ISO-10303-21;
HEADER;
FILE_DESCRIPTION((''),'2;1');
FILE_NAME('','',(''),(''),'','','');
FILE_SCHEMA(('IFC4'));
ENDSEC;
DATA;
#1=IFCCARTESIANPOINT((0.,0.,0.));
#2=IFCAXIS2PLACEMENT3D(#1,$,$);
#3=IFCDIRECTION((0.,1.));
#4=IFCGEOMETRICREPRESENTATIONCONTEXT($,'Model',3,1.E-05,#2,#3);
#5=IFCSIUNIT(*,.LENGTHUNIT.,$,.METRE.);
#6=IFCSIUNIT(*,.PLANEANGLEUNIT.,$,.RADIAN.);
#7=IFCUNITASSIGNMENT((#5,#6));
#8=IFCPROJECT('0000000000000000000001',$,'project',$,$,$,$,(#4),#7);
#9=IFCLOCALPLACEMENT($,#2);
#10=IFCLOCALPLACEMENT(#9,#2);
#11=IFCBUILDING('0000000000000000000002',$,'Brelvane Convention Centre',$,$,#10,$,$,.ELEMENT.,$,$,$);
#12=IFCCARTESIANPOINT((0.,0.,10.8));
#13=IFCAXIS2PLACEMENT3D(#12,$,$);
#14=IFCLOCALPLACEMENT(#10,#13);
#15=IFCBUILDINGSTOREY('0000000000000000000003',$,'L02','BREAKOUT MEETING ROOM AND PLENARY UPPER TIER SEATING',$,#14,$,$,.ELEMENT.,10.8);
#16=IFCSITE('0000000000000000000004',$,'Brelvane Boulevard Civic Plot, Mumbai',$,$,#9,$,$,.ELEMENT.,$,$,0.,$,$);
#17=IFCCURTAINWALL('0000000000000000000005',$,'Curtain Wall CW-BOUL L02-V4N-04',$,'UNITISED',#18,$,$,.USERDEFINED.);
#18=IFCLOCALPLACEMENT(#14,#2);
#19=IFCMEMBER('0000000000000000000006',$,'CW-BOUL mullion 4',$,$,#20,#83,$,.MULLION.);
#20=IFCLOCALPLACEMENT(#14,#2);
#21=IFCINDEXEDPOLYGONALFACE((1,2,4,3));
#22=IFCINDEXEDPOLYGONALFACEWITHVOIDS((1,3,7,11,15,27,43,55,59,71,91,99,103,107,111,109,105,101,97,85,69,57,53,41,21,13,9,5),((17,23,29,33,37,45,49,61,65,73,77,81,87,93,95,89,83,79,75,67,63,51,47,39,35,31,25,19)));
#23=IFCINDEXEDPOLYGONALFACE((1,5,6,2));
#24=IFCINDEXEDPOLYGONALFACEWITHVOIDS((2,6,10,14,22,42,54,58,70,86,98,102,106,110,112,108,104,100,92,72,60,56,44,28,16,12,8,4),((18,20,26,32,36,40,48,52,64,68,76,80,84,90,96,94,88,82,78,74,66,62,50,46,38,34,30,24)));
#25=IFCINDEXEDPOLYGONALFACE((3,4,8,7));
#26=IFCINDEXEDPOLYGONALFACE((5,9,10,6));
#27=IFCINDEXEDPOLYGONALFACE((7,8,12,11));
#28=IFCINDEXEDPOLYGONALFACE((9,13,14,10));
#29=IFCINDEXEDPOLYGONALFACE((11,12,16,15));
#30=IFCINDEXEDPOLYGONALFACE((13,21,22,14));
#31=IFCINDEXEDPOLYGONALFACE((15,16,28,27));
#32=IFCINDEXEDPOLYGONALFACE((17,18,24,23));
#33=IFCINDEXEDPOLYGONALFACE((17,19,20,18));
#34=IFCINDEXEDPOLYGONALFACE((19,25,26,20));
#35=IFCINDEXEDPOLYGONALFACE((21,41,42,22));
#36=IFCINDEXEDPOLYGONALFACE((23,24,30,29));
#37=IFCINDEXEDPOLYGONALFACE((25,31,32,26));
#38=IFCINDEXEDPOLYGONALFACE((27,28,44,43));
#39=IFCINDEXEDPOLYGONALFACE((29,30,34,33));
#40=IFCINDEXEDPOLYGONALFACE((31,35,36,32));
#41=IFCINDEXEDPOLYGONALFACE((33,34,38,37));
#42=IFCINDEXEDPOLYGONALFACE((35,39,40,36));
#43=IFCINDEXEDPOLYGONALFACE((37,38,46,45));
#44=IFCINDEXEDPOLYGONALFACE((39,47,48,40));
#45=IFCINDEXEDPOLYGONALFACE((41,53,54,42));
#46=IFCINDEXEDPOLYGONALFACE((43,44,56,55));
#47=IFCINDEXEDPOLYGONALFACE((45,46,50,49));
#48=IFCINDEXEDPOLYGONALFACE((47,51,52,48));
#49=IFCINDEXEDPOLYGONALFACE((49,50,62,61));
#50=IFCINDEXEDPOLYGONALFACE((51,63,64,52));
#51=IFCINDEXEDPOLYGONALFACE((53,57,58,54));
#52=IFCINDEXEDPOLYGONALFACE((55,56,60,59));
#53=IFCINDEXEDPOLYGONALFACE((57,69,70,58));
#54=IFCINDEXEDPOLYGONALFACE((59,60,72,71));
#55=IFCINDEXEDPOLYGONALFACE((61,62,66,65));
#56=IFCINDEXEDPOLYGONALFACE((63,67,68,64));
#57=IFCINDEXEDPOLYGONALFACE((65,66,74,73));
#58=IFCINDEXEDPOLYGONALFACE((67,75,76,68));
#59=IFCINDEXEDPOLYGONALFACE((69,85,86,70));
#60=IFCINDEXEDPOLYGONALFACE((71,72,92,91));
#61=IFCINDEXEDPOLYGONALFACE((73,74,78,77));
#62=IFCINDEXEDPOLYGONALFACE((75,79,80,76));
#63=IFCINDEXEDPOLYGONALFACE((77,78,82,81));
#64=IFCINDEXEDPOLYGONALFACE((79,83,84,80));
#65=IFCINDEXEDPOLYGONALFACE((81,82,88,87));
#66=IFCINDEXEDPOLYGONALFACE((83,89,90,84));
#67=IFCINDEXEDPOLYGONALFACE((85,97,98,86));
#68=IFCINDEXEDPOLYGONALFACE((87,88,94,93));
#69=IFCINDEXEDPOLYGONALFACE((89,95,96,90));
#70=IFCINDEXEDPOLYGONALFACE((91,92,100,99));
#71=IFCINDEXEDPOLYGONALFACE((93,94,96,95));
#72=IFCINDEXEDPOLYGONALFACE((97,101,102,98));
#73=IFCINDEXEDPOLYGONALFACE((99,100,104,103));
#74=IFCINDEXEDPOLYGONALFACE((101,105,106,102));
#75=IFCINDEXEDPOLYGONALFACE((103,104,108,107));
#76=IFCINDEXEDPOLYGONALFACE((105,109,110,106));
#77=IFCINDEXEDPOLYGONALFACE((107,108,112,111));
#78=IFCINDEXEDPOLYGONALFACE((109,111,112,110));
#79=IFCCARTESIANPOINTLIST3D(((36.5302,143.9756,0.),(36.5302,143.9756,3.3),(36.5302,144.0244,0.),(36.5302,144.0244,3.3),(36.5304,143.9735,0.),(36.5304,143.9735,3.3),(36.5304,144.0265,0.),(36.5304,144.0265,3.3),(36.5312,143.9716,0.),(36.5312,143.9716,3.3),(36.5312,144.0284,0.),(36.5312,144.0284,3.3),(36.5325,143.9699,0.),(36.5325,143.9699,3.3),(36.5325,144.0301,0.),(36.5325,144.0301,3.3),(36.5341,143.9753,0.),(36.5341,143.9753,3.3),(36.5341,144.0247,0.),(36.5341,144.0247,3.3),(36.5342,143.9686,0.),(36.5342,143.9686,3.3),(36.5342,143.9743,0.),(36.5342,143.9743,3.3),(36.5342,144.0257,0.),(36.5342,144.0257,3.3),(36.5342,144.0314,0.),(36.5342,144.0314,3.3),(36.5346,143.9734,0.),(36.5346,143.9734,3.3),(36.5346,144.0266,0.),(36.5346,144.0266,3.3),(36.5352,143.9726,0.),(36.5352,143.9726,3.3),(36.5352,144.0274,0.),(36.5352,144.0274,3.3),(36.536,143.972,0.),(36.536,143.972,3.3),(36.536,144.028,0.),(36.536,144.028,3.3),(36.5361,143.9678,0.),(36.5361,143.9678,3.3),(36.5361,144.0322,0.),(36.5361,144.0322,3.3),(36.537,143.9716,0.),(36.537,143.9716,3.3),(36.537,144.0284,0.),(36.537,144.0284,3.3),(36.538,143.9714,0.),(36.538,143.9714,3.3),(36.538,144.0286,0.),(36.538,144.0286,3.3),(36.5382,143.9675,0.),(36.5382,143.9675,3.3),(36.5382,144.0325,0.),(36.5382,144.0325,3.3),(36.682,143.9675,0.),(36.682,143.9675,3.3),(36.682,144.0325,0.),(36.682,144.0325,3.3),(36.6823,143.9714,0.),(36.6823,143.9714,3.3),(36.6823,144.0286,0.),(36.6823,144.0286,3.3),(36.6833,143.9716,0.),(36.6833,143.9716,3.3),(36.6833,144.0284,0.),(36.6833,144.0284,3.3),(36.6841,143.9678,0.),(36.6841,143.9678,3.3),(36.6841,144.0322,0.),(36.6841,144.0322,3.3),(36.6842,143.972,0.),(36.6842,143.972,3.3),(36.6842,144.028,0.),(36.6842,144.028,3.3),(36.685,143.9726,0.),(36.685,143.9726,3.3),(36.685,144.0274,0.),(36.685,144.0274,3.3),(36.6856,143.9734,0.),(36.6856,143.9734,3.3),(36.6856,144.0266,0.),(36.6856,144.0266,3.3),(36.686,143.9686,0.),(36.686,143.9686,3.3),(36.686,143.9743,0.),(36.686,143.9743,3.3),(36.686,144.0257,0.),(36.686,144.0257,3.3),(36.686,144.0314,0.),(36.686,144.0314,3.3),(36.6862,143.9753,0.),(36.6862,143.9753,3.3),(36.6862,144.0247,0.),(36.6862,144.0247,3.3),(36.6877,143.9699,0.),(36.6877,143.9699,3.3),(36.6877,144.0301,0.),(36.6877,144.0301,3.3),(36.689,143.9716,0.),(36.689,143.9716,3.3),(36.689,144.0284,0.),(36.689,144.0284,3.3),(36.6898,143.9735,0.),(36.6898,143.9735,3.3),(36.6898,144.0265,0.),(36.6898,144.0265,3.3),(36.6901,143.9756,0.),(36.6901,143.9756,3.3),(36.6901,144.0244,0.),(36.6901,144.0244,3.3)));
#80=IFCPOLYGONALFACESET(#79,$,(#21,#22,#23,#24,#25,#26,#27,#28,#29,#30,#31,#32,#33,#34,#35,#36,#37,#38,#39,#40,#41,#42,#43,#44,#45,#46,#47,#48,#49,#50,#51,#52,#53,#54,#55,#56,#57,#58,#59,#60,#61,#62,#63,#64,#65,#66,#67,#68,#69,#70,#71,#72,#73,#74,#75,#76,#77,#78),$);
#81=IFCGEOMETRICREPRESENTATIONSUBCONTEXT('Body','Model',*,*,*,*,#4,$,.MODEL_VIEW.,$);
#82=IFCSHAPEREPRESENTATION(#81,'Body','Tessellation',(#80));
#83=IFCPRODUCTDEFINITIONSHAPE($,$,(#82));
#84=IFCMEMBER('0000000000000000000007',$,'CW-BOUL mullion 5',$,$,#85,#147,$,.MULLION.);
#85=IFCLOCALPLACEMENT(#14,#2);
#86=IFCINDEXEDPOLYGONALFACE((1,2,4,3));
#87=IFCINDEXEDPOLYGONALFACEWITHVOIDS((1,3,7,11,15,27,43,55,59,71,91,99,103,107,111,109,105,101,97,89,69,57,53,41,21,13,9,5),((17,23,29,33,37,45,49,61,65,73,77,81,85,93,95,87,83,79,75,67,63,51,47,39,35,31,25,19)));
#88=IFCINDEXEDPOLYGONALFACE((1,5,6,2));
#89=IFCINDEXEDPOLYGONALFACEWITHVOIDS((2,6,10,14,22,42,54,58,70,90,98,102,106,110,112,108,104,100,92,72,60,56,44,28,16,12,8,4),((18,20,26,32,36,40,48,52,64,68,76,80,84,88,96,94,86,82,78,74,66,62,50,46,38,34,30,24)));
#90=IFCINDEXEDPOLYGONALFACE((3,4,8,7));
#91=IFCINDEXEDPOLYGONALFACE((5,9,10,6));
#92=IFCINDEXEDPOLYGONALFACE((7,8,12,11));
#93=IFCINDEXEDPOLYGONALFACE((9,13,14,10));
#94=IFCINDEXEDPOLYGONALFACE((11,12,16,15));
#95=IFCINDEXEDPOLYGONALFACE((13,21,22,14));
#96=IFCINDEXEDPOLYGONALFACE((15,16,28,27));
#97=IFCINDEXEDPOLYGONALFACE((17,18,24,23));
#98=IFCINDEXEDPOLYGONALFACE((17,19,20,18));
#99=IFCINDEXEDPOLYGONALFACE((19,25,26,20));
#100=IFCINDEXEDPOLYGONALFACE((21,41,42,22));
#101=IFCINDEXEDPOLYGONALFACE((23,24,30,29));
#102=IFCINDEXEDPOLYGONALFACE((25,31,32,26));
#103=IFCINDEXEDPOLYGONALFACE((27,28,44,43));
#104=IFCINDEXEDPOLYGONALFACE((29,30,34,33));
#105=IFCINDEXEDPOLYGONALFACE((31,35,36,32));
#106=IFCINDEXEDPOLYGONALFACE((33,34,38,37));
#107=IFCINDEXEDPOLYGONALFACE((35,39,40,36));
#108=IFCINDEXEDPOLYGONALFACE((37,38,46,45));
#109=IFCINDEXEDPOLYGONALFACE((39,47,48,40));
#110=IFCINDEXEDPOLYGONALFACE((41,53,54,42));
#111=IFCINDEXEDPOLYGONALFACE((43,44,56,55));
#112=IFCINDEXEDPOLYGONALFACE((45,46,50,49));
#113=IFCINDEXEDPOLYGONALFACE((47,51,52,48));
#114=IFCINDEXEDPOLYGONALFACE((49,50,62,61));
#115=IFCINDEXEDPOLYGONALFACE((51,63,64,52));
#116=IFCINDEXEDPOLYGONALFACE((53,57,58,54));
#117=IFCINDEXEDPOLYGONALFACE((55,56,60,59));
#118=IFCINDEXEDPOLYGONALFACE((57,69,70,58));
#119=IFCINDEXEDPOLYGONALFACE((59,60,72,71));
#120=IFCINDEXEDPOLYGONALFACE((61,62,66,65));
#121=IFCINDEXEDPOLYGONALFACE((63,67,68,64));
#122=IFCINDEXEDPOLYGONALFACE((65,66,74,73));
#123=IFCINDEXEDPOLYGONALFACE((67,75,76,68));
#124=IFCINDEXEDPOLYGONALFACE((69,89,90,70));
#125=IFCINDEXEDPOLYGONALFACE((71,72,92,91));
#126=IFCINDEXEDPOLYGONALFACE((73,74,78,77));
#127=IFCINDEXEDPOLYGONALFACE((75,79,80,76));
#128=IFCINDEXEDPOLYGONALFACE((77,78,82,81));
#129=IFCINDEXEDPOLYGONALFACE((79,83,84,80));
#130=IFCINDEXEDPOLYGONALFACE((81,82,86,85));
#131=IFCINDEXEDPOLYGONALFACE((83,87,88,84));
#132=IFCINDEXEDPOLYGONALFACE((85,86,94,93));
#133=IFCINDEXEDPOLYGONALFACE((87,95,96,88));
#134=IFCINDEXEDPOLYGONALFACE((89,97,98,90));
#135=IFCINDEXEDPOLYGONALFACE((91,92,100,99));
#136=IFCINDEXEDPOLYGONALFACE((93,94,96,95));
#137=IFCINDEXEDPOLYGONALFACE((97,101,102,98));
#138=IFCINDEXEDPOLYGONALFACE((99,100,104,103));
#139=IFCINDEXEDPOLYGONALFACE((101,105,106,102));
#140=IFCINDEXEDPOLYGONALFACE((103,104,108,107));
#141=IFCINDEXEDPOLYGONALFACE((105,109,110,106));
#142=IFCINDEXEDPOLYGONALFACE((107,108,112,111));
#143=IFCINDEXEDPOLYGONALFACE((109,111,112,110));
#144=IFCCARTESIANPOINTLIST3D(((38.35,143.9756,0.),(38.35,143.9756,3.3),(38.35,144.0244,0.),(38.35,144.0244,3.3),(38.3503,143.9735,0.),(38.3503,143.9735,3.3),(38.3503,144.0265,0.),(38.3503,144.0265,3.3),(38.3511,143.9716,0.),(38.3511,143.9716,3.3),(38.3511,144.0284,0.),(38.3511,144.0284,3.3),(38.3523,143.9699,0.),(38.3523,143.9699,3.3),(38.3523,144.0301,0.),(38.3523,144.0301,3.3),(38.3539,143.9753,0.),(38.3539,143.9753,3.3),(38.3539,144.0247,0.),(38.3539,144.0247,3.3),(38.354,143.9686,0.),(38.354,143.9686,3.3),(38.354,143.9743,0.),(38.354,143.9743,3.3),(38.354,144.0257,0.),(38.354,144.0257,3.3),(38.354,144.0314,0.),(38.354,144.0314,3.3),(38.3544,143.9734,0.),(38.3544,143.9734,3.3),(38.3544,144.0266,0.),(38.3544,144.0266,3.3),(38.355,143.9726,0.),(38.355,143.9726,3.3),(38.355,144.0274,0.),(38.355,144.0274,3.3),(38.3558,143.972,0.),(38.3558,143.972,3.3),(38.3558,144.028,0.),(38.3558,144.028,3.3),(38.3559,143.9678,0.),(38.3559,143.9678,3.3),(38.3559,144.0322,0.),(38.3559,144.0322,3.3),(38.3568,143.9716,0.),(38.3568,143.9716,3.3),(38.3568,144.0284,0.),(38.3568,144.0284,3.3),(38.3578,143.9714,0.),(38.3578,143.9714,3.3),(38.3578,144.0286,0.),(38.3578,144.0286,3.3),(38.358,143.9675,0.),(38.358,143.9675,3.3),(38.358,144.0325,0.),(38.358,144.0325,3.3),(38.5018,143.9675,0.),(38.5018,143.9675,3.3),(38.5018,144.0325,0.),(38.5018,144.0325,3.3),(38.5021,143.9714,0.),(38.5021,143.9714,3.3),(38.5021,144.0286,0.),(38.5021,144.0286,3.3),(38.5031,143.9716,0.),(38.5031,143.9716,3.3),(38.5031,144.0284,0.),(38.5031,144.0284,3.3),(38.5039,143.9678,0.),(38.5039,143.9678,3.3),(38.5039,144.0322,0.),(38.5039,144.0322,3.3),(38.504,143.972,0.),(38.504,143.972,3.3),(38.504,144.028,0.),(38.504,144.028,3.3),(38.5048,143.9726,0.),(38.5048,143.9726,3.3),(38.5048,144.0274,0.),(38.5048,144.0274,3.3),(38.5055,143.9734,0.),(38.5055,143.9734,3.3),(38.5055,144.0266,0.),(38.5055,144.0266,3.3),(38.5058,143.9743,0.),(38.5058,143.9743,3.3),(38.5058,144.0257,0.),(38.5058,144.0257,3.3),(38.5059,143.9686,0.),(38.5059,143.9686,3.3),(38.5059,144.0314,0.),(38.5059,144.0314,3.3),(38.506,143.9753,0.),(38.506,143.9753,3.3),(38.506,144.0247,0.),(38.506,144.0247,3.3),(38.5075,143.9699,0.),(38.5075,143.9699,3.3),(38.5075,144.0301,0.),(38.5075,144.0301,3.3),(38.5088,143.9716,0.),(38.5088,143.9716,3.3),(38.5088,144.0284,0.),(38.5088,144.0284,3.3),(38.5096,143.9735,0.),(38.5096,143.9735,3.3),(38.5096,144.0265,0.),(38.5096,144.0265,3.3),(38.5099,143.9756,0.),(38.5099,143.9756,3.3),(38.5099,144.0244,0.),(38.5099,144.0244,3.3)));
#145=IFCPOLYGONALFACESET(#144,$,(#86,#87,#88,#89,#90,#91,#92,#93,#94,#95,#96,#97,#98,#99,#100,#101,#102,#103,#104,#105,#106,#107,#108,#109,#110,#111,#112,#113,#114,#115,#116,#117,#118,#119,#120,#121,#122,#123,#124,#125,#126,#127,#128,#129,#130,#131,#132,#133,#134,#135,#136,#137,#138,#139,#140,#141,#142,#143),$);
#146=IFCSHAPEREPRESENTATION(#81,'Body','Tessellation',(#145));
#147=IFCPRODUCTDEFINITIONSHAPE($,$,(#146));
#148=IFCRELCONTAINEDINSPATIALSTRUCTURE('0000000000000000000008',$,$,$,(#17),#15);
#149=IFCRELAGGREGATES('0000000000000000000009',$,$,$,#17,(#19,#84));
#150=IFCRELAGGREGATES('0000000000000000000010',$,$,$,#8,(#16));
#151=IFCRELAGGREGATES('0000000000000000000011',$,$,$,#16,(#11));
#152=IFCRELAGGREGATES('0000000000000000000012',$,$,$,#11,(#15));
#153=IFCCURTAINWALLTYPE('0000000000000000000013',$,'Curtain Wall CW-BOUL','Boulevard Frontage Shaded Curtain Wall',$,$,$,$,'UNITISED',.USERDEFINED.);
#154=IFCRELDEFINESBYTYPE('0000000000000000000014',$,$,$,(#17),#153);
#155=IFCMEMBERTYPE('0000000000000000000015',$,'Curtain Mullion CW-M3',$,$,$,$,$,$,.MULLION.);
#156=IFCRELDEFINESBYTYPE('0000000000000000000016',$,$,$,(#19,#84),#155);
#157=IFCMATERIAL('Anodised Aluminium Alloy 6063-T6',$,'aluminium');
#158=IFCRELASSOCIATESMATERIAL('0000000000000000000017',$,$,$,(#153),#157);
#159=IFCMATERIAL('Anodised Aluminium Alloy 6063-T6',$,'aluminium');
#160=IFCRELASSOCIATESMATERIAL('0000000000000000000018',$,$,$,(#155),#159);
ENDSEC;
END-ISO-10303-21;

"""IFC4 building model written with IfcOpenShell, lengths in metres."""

from ifc_helpers import new_model, si_unit, direction, frame, origin, origin_2d, place, context, subcontext, project, spatial, hollow_rectangle, extrude, material, material_profile, profile_set, type_object, element, aggregate, save


model = new_model("IFC4")

# Units and contexts
model_context = context("Model", 3, precision=1e-05, world=origin(), true_north=direction((0.0, 1.0)))
body_context = subcontext(model_context, "Body", "Model", "MODEL_VIEW")
ifc_project = project(units=[si_unit("LENGTHUNIT", "METRE"), si_unit("PLANEANGLEUNIT", "RADIAN")], contexts=[model_context])

# Site, building, storey
site_placement = place(None, origin())
site = spatial("IfcSite", under=ifc_project, at=site_placement, Name="Brelvane Boulevard Civic Plot, Mumbai", CompositionType="ELEMENT", RefElevation=0.0)
building_placement = place(site_placement, origin())
building = spatial("IfcBuilding", under=site, at=building_placement, Name="Brelvane Convention Centre", CompositionType="ELEMENT")
storey_placement = place(building_placement, frame((0.0, 0.0, 10.8)))
storey = spatial("IfcBuildingStorey", under=building, at=storey_placement, Name="L02", Description="BREAKOUT MEETING ROOM AND PLENARY UPPER TIER SEATING", CompositionType="ELEMENT", Elevation=10.8)

# Curtain wall, members
ifc_material_1 = material(Name="Anodised Aluminium Alloy 6063-T6", Category="aluminium")
curtain_wall_type = type_object("IfcCurtainWallType", Name="Curtain Wall CW-BOUL", Description="Boulevard Frontage Shaded Curtain Wall", ElementType="UNITISED", PredefinedType="USERDEFINED", material=ifc_material_1)
curtain_wall_placement = place(storey_placement, origin())
curtain_wall = element("IfcCurtainWall", 1, at=curtain_wall_placement, inside=storey, type_object=curtain_wall_type, Name="Curtain Wall CW-BOUL L02-V4N-04", ObjectType="UNITISED", PredefinedType="USERDEFINED")
ifc_material_2 = material(Name="Anodised Aluminium Alloy 6063-T6", Category="aluminium")
ifc_material_profile_1 = material_profile(ifc_material_2, hollow_rectangle(XDim=0.0649, YDim=0.1599, WallThickness=0.0039, InnerFilletRadius=0.0039, OuterFilletRadius=0.0081, at=origin_2d()), Name="ALU-M 160x65x4.0")
ifc_profile_set_1 = profile_set([ifc_material_profile_1], Name="Anodised Aluminium Alloy 6063-T6")
member_type_1 = type_object("IfcMemberType", Name="Curtain Mullion CW-M3", PredefinedType="MULLION", material=ifc_profile_set_1)
member_1_placement = place(storey_placement, frame((36.6101, 144.0, 0.0), z_axis=(0.0, 0.0, 1.0), x_axis=(0.0, 1.0, 0.0)))
member_1 = element("IfcMember", 2, at=member_1_placement, type_object=member_type_1, Name="CW-BOUL mullion 4", PredefinedType="MULLION", context=body_context, shape_type="SweptSolid", body=[
    extrude(hollow_rectangle(XDim=0.0649, YDim=0.1599, WallThickness=0.0039, InnerFilletRadius=0.0039, OuterFilletRadius=0.0081, at=origin_2d()), origin(), (0.0, 0.0, 1.0), 3.3),
])
member_2_placement = place(storey_placement, frame((38.4299, 144.0, 0.0), z_axis=(0.0, 0.0, 1.0), x_axis=(0.0, 1.0, 0.0)))
member_2 = element("IfcMember", 3, at=member_2_placement, type_object=member_type_1, Name="CW-BOUL mullion 5", PredefinedType="MULLION", context=body_context, shape_type="SweptSolid", body=[
    extrude(hollow_rectangle(XDim=0.0649, YDim=0.1599, WallThickness=0.0039, InnerFilletRadius=0.0039, OuterFilletRadius=0.0081, at=origin_2d()), origin(), (0.0, 0.0, 1.0), 3.3),
])

aggregate(curtain_wall, [member_1, member_2])

save(model, "model.ifc")
